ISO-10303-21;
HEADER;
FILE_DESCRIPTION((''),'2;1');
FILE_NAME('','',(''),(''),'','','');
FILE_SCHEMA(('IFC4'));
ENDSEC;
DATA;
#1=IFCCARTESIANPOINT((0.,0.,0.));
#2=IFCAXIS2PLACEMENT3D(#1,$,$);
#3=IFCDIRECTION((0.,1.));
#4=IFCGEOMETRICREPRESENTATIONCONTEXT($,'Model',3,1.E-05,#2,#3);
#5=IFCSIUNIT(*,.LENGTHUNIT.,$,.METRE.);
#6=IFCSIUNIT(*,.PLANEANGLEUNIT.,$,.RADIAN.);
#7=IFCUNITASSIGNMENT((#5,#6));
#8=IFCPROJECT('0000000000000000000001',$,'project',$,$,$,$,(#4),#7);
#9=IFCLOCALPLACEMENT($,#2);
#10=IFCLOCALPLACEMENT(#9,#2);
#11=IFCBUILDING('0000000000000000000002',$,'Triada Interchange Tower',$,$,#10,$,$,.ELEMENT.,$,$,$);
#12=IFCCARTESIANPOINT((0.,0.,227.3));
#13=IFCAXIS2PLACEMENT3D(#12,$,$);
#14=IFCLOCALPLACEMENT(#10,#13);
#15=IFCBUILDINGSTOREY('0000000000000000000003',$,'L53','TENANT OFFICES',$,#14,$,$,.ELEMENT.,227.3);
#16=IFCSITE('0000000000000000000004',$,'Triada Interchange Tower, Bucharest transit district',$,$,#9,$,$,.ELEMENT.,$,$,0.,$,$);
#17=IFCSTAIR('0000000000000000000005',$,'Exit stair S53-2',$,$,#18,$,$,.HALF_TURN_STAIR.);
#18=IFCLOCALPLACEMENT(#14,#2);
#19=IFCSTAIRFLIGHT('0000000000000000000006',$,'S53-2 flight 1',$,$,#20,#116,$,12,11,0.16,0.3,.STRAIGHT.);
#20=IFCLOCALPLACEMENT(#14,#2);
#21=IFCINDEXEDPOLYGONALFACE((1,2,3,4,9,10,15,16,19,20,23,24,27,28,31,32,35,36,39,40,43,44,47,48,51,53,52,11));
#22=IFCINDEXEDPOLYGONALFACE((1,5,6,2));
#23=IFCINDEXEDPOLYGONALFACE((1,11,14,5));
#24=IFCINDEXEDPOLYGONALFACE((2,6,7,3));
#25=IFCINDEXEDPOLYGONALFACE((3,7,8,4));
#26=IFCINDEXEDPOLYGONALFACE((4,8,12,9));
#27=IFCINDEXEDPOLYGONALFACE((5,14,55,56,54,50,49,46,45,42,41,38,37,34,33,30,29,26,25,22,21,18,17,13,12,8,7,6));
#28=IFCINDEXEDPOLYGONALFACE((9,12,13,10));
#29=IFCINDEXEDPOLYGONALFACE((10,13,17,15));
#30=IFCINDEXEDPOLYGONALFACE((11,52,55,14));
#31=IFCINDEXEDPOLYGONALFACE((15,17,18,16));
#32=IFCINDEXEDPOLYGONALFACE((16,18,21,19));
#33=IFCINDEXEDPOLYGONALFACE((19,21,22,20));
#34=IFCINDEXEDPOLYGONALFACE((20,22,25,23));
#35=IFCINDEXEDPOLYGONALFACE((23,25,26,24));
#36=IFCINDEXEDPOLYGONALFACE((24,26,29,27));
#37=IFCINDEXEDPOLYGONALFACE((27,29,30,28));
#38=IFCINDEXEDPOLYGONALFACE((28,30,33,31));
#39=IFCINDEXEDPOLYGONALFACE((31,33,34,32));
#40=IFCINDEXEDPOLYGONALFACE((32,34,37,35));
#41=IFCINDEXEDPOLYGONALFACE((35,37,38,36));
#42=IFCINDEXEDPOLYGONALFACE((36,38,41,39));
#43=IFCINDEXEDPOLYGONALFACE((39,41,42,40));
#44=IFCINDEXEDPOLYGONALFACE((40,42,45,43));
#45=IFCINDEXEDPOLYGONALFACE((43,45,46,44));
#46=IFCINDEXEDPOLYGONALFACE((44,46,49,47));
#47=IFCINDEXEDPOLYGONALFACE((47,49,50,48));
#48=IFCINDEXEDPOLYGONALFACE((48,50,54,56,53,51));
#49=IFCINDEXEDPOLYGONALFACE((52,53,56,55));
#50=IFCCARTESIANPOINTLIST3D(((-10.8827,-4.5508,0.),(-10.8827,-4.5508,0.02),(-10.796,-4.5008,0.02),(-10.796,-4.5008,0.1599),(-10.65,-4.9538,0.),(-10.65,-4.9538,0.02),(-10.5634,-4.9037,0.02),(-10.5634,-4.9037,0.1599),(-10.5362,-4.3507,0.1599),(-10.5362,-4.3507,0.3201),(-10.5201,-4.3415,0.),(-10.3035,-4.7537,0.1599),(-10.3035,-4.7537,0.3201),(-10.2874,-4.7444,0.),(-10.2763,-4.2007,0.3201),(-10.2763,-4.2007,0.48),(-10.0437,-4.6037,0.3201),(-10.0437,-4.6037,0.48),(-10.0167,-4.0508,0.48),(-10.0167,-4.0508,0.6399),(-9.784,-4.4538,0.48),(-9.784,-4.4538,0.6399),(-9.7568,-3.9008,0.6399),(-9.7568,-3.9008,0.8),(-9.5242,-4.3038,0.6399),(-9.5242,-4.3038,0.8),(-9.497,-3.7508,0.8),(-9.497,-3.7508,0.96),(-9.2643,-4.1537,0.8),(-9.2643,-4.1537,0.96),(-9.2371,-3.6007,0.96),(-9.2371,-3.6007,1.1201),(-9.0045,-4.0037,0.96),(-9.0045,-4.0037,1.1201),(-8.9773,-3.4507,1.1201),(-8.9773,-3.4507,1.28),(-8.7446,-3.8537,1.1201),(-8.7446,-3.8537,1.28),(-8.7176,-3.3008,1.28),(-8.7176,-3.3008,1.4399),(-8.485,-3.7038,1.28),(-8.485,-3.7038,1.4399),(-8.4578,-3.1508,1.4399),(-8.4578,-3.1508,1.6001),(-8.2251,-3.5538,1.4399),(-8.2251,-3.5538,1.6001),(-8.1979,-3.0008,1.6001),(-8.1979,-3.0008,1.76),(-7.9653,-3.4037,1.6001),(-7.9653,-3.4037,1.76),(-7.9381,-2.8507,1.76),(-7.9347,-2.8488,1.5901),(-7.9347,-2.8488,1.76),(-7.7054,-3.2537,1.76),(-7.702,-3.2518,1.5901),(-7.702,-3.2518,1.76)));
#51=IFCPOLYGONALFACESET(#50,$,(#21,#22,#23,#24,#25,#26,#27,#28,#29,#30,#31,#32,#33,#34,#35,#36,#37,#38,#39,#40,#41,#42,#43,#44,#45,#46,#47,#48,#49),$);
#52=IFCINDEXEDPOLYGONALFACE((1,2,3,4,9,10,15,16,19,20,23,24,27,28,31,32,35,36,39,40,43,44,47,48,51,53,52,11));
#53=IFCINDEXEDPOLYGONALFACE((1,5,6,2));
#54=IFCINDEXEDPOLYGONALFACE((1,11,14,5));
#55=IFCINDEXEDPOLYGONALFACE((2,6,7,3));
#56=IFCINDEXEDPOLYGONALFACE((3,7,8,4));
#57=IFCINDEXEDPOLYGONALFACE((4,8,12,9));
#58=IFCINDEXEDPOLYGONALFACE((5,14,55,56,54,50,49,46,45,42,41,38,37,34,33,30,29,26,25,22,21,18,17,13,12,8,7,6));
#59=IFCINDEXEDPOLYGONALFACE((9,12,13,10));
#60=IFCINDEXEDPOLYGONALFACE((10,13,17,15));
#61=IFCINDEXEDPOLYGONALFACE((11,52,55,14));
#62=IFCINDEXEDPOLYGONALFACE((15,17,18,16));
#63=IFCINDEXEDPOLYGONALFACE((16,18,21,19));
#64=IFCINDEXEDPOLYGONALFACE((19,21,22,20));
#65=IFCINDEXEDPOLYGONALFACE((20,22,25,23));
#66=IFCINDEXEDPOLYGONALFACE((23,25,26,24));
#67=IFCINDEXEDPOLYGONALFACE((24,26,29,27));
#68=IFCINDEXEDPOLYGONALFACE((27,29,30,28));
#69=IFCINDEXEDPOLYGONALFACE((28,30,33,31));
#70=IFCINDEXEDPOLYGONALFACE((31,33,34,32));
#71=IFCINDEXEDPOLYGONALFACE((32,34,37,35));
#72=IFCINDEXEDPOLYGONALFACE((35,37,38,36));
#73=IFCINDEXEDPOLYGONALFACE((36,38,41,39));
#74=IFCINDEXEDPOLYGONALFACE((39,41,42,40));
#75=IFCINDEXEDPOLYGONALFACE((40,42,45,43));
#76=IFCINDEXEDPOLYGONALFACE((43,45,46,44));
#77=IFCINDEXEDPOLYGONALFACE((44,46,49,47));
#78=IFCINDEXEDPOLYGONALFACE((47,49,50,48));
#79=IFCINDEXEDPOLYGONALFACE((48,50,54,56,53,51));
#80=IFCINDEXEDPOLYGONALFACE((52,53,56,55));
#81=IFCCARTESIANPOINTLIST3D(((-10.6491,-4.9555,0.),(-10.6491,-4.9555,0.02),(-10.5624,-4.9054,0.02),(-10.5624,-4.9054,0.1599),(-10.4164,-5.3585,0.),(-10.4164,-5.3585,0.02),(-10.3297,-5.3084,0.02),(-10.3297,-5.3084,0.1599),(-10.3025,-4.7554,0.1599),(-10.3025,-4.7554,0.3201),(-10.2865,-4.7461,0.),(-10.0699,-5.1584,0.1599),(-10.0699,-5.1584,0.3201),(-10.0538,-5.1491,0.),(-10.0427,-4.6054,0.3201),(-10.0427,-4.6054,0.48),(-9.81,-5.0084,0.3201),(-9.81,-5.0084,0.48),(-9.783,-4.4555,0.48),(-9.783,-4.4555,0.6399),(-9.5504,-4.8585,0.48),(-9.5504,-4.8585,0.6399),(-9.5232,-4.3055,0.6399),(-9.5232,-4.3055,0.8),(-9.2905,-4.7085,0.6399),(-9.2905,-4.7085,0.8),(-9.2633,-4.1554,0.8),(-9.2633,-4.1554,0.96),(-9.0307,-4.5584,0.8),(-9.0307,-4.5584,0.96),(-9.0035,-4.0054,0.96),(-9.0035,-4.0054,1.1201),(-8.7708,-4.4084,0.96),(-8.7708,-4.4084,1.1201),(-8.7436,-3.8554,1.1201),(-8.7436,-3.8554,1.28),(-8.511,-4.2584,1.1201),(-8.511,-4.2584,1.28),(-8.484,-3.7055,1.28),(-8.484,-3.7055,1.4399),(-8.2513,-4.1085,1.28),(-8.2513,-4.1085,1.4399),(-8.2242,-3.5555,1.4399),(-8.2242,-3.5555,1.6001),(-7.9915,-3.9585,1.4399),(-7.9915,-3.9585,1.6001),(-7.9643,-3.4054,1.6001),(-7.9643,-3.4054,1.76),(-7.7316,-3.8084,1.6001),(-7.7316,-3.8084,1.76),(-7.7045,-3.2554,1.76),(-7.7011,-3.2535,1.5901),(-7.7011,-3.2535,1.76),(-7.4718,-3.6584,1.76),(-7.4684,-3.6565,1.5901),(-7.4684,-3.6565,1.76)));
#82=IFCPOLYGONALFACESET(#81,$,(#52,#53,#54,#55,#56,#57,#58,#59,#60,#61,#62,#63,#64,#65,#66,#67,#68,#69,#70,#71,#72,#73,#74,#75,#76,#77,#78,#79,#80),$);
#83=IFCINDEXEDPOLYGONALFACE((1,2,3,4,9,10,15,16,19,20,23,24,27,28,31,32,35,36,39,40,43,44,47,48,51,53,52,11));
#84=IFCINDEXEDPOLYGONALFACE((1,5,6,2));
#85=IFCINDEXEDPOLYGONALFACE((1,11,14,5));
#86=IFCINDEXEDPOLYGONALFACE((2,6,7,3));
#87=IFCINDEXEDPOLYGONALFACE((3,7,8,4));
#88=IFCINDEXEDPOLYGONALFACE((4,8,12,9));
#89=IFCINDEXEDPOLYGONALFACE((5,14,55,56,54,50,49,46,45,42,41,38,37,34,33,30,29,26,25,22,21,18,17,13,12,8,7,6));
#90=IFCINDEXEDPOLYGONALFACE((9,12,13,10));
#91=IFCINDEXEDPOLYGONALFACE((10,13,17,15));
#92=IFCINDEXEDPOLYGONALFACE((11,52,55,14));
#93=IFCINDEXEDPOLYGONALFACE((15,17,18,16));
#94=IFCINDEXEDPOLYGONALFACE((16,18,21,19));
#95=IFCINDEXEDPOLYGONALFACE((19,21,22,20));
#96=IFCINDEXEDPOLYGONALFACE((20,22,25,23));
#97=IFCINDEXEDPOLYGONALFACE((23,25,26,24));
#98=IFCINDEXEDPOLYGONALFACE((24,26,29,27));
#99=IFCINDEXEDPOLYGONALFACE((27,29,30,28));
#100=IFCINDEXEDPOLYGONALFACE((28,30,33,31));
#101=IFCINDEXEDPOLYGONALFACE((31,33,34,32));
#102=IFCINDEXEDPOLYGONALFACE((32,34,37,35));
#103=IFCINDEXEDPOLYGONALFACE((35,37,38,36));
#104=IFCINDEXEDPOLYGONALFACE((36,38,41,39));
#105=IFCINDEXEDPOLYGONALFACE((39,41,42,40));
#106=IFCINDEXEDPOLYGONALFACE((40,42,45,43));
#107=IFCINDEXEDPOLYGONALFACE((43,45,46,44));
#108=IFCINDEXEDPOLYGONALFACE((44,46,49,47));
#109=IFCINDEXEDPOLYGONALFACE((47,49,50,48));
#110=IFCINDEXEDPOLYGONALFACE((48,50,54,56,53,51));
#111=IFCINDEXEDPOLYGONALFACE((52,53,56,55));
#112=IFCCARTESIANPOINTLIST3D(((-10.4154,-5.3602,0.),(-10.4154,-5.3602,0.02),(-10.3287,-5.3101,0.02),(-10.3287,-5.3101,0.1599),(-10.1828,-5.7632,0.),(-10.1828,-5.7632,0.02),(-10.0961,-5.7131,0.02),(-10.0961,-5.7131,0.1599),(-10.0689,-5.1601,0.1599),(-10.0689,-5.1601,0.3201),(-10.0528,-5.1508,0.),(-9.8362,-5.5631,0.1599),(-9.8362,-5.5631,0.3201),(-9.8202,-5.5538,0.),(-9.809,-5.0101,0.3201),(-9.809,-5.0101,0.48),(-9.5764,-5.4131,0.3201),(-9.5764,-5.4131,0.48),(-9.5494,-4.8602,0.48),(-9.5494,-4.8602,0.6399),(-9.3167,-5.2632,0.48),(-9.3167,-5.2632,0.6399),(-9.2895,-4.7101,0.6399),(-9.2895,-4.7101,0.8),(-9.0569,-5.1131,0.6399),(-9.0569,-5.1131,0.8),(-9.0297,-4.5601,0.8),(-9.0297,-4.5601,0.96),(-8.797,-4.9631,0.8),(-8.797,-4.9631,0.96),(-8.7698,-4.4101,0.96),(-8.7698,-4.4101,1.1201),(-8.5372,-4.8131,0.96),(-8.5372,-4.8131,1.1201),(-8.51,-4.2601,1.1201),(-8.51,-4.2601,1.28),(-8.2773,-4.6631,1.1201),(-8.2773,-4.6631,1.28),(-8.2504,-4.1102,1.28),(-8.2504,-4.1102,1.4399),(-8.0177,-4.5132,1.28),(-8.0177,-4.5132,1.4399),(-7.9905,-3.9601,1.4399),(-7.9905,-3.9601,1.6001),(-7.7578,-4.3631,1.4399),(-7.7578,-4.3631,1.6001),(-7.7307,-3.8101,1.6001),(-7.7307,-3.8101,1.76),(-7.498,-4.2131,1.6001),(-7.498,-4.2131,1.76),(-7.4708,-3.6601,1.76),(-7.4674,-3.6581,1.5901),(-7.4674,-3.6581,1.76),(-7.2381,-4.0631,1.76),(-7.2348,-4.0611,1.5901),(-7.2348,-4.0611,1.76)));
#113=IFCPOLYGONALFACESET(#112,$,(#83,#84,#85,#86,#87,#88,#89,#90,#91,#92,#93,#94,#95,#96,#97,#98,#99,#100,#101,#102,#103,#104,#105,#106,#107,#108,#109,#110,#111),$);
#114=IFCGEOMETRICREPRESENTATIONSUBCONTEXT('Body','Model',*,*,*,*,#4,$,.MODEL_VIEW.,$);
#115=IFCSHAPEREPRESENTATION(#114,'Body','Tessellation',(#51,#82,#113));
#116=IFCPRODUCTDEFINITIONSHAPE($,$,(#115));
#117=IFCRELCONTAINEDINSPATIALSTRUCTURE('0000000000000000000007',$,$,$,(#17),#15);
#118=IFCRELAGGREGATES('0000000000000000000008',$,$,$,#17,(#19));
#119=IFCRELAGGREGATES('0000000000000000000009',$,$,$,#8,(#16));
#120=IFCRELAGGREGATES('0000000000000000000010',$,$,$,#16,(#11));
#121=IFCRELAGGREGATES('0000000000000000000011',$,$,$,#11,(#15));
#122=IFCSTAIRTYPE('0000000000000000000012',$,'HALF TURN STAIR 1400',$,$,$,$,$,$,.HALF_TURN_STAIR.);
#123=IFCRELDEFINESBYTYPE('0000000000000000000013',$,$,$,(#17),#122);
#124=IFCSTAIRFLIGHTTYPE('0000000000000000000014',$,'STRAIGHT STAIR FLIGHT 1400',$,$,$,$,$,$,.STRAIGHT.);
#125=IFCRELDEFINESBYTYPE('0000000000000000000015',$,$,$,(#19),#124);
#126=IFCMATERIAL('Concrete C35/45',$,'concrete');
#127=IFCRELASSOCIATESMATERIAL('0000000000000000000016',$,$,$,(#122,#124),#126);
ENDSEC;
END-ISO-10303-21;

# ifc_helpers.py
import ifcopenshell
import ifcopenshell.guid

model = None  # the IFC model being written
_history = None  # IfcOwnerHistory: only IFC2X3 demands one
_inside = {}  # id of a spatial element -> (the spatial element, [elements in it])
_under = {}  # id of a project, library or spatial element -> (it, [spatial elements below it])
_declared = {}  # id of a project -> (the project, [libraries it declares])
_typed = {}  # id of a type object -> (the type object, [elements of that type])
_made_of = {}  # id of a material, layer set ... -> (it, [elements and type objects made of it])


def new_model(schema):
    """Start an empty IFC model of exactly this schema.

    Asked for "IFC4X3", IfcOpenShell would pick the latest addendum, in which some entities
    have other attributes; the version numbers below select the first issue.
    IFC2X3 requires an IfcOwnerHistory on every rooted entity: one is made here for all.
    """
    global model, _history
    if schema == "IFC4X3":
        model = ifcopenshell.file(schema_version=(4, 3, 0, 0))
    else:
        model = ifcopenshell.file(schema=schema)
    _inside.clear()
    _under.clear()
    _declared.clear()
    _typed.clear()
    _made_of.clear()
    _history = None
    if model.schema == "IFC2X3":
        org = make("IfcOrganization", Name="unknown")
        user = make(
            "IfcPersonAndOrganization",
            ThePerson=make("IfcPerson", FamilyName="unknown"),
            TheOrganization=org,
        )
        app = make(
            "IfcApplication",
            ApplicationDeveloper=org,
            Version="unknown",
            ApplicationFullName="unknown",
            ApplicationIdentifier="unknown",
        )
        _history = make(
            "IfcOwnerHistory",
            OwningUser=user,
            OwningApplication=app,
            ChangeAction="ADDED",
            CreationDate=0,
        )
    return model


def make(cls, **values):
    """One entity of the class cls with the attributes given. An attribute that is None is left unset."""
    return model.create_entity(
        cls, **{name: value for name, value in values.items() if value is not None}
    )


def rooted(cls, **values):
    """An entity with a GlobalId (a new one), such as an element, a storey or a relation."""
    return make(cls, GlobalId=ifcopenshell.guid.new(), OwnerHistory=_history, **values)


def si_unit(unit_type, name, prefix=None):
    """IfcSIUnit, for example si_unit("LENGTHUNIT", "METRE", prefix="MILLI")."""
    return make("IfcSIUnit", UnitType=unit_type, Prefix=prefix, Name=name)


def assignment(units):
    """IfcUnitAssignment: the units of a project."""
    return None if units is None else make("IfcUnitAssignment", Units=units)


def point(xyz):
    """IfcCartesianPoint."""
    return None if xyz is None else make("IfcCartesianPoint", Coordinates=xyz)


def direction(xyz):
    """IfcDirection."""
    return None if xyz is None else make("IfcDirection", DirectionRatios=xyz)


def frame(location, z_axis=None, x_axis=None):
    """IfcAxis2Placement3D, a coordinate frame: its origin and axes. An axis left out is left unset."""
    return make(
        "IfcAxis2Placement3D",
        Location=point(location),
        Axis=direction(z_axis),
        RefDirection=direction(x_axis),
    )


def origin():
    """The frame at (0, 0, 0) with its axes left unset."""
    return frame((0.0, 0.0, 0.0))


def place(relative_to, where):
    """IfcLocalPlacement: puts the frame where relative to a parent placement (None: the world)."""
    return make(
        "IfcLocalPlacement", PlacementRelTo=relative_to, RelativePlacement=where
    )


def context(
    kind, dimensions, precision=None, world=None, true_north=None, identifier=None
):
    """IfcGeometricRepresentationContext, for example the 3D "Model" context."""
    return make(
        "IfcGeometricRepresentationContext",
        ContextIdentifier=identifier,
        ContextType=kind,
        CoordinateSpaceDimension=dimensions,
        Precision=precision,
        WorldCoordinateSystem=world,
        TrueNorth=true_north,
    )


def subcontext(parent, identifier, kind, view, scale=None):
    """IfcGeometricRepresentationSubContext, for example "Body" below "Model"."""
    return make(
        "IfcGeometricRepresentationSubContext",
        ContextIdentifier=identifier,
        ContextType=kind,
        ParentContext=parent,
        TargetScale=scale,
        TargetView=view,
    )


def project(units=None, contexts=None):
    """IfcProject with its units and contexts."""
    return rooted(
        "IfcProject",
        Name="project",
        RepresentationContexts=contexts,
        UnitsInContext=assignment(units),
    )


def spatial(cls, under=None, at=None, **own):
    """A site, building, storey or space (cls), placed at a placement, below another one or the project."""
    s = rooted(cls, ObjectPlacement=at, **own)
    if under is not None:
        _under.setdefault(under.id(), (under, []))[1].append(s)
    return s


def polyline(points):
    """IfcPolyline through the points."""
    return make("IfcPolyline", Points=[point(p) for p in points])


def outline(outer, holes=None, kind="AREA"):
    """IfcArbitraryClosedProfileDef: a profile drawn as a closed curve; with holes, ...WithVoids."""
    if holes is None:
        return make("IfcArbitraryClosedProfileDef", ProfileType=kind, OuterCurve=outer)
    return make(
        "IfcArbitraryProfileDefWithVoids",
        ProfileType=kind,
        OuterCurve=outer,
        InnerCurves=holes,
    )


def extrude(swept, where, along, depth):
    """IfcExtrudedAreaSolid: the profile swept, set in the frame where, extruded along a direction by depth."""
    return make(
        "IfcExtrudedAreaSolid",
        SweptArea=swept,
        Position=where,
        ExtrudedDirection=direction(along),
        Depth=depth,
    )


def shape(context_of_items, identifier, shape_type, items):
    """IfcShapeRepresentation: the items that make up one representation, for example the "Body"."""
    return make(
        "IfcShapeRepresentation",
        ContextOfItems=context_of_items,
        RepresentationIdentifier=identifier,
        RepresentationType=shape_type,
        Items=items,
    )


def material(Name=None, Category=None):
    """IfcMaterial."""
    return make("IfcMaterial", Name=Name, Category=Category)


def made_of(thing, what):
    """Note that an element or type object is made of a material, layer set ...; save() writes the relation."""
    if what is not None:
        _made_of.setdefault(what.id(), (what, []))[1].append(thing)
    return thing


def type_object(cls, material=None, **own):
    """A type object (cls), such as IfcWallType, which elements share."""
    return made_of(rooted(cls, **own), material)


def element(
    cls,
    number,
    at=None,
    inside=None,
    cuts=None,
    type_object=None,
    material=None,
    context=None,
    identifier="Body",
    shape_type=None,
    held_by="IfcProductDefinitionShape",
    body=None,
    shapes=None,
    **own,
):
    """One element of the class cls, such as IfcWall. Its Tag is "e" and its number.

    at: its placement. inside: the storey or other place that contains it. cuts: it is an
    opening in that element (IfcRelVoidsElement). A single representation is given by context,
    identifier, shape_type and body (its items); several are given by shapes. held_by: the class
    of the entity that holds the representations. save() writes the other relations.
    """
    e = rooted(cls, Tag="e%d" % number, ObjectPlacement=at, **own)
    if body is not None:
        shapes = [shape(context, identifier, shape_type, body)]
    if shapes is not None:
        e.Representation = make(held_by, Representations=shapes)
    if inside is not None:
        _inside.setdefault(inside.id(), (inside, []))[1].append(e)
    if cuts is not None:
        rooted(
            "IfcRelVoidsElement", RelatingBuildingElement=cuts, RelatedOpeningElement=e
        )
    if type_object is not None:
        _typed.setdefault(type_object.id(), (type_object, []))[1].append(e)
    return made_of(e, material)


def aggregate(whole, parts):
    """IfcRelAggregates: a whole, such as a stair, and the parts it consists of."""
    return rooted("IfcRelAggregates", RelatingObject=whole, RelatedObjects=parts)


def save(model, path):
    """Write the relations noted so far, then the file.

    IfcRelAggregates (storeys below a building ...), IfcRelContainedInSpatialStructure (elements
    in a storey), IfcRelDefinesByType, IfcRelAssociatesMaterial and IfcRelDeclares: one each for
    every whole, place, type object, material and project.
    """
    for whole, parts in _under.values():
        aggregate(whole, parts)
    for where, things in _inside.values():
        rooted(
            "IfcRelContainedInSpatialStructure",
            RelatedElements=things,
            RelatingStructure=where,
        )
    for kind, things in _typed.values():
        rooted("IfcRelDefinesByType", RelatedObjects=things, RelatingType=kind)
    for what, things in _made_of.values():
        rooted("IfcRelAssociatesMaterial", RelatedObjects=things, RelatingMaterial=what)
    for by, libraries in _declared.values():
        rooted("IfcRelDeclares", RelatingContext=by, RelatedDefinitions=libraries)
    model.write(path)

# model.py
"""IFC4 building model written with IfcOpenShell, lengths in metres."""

from ifc_helpers import new_model, si_unit, direction, frame, origin, place, context, subcontext, project, spatial, polyline, outline, extrude, material, type_object, element, aggregate, save


model = new_model("IFC4")

# Units and contexts
model_context = context("Model", 3, precision=1e-05, world=origin(), true_north=direction((0.0, 1.0)))
body_context = subcontext(model_context, "Body", "Model", "MODEL_VIEW")
ifc_project = project(units=[si_unit("LENGTHUNIT", "METRE"), si_unit("PLANEANGLEUNIT", "RADIAN")], contexts=[model_context])

# Site, building, storey
site_placement = place(None, origin())
site = spatial("IfcSite", under=ifc_project, at=site_placement, Name="Triada Interchange Tower, Bucharest transit district", CompositionType="ELEMENT", RefElevation=0.0)
building_placement = place(site_placement, origin())
building = spatial("IfcBuilding", under=site, at=building_placement, Name="Triada Interchange Tower", CompositionType="ELEMENT")
storey_placement = place(building_placement, frame((0.0, 0.0, 227.3)))
storey = spatial("IfcBuildingStorey", under=building, at=storey_placement, Name="L53", Description="TENANT OFFICES", CompositionType="ELEMENT", Elevation=227.3)

# Stair, stair flight
ifc_material_1 = material(Name="Concrete C35/45", Category="concrete")
stair_type = type_object("IfcStairType", Name="HALF TURN STAIR 1400", PredefinedType="HALF_TURN_STAIR", material=ifc_material_1)
stair_placement = place(storey_placement, origin())
stair = element("IfcStair", 1, at=stair_placement, inside=storey, type_object=stair_type, Name="Exit stair S53-2", PredefinedType="HALF_TURN_STAIR")
stair_flight_type = type_object("IfcStairFlightType", Name="STRAIGHT STAIR FLIGHT 1400", PredefinedType="STRAIGHT", material=ifc_material_1)
stair_flight_1_placement = place(storey_placement, frame((-10.446, -5.1069, 0.0), z_axis=(0.0, 0.0, 1.0), x_axis=(0.866025, 0.5, 0.0)))
stair_flight_1 = element("IfcStairFlight", 2, at=stair_flight_1_placement, type_object=stair_flight_type, Name="S53-2 flight 1", NumberOfRisers=12, NumberOfTreads=11, PredefinedType="STRAIGHT", RiserHeight=0.16, TreadLength=0.3, context=body_context, shape_type="SweptSolid", body=[
    extrude(outline(polyline([(-0.1001, 0.0), (-0.1001, 0.02), (0.0, 0.02), (0.0, 0.1599), (0.3, 0.1599), (0.3, 0.3201), (0.6001, 0.3201), (0.6001, 0.48), (0.8999, 0.48), (0.8999, 0.6399), (1.2, 0.6399), (1.2, 0.8), (1.5, 0.8), (1.5, 0.96), (1.8, 0.96), (1.8, 1.1201), (2.1001, 1.1201), (2.1001, 1.28), (2.3999, 1.28), (2.3999, 1.4399), (2.7, 1.4399), (2.7, 1.6001), (3.0, 1.6001), (3.0, 1.76), (3.3, 1.76), (3.304, 1.76), (3.304, 1.9199), (3.304, 1.5901), (0.3186, 0.0), (-0.1001, 0.0)])), frame((0.0, 0.7, 0.0), z_axis=(0.0, -1.0, 0.0), x_axis=(1.0, 0.0, 0.0)), (0.0, 0.0, 1.0), 0.4653),
    extrude(outline(polyline([(-0.1001, 0.0), (-0.1001, 0.02), (0.0, 0.02), (0.0, 0.1599), (0.3, 0.1599), (0.3, 0.3201), (0.6001, 0.3201), (0.6001, 0.48), (0.8999, 0.48), (0.8999, 0.6399), (1.2, 0.6399), (1.2, 0.8), (1.5, 0.8), (1.5, 0.96), (1.8, 0.96), (1.8, 1.1201), (2.1001, 1.1201), (2.1001, 1.28), (2.3999, 1.28), (2.3999, 1.4399), (2.7, 1.4399), (2.7, 1.6001), (3.0, 1.6001), (3.0, 1.76), (3.3, 1.76), (3.304, 1.76), (3.304, 1.9199), (3.304, 1.5901), (0.3186, 0.0), (-0.1001, 0.0)])), frame((0.0, 0.2327, 0.0), z_axis=(0.0, -1.0, 0.0), x_axis=(1.0, 0.0, 0.0)), (0.0, 0.0, 1.0), 0.4653),
    extrude(outline(polyline([(-0.1001, 0.0), (-0.1001, 0.02), (0.0, 0.02), (0.0, 0.1599), (0.3, 0.1599), (0.3, 0.3201), (0.6001, 0.3201), (0.6001, 0.48), (0.8999, 0.48), (0.8999, 0.6399), (1.2, 0.6399), (1.2, 0.8), (1.5, 0.8), (1.5, 0.96), (1.8, 0.96), (1.8, 1.1201), (2.1001, 1.1201), (2.1001, 1.28), (2.3999, 1.28), (2.3999, 1.4399), (2.7, 1.4399), (2.7, 1.6001), (3.0, 1.6001), (3.0, 1.76), (3.3, 1.76), (3.304, 1.76), (3.304, 1.9199), (3.304, 1.5901), (0.3186, 0.0), (-0.1001, 0.0)])), frame((0.0, -0.2346, 0.0), z_axis=(0.0, -1.0, 0.0), x_axis=(1.0, 0.0, 0.0)), (0.0, 0.0, 1.0), 0.4653),
])

aggregate(stair, [stair_flight_1])

save(model, "model.ifc")
